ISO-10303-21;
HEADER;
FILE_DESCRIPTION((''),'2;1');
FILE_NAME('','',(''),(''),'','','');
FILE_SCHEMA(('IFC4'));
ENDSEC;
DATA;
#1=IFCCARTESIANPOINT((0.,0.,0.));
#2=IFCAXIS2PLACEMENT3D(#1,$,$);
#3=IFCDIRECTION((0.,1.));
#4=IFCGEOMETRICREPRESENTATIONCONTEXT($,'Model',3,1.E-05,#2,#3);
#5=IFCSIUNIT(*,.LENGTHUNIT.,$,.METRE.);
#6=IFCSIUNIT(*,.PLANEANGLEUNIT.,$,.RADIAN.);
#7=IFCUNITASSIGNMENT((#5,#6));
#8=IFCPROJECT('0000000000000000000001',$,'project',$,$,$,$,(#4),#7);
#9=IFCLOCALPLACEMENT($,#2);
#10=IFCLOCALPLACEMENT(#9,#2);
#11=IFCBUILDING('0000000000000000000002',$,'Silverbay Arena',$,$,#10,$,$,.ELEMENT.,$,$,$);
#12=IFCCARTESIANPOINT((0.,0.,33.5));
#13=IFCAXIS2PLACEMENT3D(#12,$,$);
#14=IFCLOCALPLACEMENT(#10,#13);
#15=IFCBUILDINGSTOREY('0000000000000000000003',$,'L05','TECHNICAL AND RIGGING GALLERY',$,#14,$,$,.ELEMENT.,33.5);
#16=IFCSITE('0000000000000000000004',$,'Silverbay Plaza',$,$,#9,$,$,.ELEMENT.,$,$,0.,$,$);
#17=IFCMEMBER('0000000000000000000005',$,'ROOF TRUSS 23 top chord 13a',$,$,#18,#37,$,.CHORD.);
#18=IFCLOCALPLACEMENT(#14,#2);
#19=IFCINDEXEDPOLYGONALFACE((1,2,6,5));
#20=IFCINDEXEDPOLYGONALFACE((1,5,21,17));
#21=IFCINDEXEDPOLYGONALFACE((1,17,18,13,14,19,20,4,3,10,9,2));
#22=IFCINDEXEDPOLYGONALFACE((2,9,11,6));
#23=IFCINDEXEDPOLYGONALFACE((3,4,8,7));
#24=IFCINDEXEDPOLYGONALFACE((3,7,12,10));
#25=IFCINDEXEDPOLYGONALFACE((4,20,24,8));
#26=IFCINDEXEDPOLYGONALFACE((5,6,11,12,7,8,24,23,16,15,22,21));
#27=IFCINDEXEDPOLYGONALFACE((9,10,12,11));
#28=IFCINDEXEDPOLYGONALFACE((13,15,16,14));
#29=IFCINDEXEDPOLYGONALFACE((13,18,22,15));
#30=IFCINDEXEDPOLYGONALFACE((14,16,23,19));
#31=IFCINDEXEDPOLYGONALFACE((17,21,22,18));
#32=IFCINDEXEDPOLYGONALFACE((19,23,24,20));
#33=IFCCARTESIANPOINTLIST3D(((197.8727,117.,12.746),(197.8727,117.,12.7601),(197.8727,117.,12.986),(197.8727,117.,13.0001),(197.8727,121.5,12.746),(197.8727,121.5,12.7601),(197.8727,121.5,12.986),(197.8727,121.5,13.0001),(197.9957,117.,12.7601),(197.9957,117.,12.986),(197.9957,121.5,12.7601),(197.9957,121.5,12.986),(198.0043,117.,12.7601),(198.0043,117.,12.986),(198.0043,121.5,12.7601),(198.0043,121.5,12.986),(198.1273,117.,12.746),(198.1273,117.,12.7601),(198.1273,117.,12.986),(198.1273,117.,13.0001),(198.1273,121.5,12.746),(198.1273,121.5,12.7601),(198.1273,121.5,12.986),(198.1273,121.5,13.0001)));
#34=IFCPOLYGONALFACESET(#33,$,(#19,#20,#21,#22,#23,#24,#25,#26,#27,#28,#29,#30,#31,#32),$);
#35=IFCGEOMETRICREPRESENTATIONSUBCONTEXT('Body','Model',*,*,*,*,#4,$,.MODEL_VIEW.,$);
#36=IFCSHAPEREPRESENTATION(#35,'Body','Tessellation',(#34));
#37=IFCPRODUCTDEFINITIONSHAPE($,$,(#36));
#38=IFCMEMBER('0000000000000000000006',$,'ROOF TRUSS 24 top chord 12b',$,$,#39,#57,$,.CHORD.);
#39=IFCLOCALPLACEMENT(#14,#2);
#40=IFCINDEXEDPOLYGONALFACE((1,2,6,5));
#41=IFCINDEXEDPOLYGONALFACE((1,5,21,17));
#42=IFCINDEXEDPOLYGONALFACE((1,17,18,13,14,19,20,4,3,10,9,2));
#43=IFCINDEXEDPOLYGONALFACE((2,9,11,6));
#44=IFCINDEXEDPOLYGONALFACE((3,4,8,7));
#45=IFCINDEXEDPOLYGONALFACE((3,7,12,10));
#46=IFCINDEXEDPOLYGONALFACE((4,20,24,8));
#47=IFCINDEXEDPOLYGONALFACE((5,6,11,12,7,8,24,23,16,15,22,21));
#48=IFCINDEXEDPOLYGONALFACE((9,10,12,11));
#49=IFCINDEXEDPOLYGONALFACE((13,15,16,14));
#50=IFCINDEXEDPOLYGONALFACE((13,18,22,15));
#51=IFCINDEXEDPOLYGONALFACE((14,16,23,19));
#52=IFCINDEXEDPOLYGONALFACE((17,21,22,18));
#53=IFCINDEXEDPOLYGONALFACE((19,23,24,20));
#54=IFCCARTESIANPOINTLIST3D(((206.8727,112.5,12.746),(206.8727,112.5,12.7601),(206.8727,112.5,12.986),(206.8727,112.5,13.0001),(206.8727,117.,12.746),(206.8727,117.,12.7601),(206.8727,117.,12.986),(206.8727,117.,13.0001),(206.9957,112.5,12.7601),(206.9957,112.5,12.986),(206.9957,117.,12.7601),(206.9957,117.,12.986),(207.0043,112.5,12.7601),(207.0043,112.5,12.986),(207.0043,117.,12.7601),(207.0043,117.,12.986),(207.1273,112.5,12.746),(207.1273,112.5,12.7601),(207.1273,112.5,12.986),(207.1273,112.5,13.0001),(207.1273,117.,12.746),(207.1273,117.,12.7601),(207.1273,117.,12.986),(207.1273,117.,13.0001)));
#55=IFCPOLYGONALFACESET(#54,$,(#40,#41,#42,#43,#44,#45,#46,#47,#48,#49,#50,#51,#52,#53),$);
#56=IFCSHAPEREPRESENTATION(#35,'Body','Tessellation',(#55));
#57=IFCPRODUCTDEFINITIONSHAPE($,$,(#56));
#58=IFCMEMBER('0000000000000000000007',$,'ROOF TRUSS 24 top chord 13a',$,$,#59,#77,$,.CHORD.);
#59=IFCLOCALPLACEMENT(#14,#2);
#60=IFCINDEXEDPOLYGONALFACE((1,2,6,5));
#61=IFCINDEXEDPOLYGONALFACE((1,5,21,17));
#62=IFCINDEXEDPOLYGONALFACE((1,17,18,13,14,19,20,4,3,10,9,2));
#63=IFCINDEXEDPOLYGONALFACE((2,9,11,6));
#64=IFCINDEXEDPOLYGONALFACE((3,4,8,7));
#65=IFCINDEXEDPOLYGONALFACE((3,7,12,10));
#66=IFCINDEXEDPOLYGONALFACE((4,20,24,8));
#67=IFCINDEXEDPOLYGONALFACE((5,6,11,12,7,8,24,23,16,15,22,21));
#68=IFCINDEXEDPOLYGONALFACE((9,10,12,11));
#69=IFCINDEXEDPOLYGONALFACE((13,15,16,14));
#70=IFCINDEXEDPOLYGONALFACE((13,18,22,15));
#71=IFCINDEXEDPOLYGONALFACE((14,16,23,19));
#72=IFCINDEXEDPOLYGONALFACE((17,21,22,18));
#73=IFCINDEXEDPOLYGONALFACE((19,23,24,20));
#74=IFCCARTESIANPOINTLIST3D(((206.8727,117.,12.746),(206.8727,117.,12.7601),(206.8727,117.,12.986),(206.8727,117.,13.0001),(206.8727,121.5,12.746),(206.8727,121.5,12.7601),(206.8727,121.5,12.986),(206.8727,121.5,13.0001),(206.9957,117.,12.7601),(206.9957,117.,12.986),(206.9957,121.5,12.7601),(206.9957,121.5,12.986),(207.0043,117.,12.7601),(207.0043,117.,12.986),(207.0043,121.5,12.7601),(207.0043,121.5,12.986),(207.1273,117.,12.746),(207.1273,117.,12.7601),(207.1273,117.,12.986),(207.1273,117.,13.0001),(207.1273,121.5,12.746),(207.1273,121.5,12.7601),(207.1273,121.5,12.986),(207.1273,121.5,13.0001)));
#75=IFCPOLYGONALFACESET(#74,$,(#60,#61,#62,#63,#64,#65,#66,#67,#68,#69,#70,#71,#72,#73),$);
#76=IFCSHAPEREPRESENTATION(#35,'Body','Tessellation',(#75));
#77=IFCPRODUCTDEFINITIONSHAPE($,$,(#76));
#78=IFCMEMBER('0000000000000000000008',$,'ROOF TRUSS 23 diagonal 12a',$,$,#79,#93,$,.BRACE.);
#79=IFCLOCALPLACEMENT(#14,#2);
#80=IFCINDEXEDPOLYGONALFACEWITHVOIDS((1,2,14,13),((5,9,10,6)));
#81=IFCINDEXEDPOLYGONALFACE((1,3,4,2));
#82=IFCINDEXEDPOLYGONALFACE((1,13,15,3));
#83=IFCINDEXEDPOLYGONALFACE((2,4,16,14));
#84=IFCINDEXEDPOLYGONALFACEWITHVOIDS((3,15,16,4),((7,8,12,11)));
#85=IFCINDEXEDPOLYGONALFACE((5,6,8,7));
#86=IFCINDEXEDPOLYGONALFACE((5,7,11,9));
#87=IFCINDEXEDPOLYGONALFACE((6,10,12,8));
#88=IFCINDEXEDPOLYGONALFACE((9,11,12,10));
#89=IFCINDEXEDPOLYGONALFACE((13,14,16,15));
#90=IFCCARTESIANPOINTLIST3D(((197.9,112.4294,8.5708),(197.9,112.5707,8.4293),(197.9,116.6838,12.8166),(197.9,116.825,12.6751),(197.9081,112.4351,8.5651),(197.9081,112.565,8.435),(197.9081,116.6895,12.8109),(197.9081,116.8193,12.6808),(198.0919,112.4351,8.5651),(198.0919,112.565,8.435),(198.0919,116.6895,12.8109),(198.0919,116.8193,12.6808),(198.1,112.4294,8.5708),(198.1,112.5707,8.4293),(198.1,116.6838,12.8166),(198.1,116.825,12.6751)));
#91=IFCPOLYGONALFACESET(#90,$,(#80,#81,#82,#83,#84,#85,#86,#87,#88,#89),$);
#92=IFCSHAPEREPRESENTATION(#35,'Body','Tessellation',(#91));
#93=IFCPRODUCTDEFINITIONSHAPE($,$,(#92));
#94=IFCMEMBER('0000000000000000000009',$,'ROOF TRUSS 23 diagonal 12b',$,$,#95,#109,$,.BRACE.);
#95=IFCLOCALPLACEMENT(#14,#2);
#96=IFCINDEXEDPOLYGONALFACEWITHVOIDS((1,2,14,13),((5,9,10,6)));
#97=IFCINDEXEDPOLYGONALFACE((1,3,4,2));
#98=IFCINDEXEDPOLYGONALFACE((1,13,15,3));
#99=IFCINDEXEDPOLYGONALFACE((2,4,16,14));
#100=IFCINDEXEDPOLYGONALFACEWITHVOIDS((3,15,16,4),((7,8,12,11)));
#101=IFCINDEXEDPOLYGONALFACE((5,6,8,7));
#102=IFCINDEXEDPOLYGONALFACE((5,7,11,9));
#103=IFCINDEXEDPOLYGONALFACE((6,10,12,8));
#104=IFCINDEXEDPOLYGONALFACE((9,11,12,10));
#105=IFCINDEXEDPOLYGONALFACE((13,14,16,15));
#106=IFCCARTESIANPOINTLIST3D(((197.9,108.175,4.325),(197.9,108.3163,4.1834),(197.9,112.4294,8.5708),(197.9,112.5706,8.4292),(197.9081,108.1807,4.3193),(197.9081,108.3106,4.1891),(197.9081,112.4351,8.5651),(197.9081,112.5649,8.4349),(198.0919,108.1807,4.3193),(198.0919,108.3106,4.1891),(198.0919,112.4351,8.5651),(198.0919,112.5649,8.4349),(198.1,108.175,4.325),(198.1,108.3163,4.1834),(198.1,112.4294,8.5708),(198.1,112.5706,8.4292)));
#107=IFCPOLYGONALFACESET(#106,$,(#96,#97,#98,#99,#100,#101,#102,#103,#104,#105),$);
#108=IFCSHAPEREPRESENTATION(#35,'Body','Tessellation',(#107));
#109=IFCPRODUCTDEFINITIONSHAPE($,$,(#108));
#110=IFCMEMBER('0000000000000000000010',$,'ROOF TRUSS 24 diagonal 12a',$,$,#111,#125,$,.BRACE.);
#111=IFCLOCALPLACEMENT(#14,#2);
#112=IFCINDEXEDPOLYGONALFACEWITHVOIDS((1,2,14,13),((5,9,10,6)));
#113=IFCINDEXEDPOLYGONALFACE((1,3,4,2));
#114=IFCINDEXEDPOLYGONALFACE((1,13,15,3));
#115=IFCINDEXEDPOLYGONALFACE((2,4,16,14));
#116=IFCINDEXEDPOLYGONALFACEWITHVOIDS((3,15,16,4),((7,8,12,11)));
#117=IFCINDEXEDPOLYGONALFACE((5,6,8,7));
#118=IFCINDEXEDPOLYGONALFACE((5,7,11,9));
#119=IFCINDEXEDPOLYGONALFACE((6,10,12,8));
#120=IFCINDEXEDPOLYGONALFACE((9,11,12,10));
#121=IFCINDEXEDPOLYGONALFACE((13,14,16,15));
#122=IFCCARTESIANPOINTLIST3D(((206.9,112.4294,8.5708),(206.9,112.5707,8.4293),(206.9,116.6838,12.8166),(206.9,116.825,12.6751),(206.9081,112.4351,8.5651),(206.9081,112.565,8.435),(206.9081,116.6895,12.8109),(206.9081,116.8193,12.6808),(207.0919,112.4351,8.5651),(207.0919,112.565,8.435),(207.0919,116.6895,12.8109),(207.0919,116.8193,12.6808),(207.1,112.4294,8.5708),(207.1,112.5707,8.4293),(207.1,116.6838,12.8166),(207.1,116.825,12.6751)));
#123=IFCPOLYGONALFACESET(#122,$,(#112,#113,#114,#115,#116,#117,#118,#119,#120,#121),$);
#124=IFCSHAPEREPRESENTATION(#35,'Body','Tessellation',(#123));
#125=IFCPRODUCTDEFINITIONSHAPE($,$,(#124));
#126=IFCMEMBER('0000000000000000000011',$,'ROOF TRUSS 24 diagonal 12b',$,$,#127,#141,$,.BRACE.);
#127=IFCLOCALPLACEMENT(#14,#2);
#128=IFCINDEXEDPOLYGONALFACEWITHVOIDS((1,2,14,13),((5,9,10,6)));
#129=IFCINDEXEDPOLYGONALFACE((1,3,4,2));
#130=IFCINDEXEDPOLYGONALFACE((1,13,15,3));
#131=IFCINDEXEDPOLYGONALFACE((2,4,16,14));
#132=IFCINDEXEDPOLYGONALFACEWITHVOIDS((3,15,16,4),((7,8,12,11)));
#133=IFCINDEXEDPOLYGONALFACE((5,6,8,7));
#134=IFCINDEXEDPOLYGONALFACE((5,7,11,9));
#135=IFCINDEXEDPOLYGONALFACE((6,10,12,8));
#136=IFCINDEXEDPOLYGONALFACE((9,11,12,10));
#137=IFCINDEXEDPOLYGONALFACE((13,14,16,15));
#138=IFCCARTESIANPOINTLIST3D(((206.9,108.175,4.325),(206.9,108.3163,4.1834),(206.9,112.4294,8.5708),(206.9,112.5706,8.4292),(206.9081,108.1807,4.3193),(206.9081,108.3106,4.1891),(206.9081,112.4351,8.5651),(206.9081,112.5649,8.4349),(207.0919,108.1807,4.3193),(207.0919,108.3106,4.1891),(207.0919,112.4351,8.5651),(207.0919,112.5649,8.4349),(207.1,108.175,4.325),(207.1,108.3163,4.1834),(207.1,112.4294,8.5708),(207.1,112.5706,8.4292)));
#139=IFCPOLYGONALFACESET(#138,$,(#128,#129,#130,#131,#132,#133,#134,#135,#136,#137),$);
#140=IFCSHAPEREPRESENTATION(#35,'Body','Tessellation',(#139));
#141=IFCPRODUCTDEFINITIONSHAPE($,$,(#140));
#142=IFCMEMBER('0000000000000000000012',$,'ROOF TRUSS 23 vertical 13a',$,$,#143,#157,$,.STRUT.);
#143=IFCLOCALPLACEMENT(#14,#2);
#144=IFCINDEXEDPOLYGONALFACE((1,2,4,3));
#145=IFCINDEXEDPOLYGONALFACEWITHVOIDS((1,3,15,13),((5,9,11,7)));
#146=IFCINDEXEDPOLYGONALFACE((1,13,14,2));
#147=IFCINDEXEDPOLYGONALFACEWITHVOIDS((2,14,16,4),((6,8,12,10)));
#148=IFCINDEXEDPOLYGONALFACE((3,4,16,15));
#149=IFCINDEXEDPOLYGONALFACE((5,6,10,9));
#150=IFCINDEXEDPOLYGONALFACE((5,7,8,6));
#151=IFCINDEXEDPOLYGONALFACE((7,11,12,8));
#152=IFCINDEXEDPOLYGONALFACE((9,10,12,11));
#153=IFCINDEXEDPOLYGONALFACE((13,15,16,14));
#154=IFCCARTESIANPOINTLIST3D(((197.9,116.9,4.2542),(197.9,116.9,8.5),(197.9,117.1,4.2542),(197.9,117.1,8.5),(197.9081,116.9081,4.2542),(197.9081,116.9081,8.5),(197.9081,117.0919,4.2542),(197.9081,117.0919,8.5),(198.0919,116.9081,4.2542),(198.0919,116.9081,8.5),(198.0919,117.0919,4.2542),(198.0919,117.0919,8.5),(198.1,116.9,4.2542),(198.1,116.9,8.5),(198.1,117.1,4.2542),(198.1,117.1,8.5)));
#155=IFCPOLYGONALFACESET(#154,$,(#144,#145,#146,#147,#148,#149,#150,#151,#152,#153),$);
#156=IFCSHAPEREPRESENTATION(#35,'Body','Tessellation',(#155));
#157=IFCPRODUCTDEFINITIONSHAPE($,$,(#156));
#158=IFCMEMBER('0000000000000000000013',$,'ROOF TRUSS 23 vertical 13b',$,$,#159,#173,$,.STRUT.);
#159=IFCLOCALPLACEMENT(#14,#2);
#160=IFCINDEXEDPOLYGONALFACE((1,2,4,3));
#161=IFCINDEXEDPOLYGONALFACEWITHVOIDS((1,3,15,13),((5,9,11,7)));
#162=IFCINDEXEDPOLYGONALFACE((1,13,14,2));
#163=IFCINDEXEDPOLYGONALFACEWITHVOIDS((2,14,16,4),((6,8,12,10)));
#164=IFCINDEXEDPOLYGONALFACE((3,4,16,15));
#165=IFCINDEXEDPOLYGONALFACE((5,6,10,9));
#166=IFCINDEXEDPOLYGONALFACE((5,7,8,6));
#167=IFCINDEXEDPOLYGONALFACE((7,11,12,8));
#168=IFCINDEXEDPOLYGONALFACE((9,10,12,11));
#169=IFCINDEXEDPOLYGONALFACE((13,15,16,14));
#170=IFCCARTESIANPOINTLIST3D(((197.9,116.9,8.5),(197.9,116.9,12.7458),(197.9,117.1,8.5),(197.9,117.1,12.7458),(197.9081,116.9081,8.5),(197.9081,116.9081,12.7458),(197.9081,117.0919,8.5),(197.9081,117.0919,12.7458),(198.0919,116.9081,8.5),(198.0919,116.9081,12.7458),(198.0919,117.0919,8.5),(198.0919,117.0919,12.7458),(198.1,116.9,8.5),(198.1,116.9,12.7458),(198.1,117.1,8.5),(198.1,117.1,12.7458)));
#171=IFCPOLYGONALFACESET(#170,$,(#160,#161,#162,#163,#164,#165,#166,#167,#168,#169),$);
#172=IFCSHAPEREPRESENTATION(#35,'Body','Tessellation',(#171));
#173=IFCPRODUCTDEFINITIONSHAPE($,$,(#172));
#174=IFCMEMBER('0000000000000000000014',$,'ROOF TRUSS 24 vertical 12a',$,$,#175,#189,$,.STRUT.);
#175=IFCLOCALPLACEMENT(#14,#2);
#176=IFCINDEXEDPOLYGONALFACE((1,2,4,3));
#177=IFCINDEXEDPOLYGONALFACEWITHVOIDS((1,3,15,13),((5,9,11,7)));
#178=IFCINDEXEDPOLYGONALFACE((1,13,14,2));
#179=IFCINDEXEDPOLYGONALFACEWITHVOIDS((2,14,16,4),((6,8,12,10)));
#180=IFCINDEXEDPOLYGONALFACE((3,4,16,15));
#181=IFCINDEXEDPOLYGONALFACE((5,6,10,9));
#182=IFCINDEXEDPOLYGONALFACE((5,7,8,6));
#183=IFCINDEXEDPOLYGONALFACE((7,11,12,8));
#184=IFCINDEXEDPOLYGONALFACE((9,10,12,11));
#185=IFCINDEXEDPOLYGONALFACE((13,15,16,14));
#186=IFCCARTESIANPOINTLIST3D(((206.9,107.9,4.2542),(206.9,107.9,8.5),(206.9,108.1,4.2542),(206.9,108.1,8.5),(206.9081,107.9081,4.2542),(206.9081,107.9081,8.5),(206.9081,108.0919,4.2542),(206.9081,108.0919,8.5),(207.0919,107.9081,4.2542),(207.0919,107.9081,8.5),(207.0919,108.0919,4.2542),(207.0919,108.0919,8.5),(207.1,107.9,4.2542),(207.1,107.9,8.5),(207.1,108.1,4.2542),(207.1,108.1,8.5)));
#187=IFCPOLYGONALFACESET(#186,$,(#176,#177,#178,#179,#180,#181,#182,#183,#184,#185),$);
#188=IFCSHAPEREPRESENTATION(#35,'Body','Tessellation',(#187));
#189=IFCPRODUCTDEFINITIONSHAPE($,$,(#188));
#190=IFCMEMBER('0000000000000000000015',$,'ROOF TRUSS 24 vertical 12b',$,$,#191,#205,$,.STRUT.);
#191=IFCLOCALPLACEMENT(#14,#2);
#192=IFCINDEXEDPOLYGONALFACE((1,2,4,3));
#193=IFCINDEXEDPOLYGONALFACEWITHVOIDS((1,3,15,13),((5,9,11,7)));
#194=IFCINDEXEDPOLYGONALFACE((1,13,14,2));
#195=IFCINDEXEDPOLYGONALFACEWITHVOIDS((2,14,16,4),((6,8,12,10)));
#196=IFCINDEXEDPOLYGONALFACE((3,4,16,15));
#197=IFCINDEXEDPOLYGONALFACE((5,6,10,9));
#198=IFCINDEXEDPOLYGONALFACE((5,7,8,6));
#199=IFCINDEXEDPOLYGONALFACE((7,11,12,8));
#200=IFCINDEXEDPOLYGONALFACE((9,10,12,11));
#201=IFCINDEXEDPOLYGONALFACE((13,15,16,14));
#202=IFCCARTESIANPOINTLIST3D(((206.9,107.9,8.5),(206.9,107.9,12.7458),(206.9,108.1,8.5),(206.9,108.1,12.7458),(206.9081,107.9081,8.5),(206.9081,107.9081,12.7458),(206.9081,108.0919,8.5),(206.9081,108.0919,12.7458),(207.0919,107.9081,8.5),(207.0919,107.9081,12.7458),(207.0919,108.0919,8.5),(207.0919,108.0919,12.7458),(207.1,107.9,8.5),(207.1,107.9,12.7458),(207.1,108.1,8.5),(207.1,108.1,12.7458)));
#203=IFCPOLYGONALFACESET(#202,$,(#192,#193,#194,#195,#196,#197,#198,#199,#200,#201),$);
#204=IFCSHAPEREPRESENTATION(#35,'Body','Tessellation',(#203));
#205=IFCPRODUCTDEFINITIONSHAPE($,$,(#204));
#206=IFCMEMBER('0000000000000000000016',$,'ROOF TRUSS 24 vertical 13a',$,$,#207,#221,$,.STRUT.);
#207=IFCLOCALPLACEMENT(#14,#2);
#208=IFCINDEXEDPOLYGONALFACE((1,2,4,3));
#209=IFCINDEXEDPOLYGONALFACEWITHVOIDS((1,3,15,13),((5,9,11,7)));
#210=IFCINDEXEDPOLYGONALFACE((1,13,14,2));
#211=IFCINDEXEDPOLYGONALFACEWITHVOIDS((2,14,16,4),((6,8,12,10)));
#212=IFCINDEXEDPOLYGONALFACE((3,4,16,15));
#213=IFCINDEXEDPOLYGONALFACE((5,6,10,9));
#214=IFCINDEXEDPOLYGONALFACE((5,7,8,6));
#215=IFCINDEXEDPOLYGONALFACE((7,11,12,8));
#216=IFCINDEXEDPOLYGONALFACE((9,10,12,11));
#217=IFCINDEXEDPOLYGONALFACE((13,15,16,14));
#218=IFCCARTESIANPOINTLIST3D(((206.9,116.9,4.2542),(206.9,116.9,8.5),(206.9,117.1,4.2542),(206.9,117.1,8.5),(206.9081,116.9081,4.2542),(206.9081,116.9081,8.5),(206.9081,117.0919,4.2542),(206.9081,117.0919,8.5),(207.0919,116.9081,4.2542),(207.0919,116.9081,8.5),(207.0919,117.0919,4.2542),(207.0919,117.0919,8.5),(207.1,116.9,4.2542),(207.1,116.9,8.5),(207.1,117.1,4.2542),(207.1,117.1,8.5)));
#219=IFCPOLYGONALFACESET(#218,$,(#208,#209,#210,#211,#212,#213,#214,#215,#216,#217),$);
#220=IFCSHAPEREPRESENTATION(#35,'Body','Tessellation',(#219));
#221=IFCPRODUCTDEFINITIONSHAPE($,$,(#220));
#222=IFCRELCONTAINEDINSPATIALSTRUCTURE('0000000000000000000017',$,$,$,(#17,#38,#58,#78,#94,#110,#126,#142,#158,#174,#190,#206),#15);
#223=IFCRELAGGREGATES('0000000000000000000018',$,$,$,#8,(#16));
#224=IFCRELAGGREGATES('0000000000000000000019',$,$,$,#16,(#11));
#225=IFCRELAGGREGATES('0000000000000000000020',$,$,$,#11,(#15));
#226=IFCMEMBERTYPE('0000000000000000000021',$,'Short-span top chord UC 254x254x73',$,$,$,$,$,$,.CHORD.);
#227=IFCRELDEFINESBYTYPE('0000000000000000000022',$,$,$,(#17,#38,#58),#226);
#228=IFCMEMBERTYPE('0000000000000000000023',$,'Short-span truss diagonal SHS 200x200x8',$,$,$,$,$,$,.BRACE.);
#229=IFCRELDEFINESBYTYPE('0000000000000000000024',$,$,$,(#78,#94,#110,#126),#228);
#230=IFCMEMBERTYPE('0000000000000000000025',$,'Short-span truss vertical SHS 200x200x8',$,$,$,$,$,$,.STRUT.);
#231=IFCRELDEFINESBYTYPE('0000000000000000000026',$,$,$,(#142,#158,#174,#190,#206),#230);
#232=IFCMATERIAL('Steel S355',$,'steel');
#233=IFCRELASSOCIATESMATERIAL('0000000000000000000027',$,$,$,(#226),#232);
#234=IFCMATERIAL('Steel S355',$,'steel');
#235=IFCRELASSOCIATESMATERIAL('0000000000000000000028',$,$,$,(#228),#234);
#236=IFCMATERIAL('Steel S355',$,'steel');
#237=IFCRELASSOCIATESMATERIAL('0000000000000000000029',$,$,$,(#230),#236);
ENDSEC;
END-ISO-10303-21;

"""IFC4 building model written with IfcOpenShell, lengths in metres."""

from ifc_helpers import new_model, si_unit, direction, frame, origin, origin_2d, place, context, subcontext, project, spatial, hollow_rectangle, i_section, extrude, material, material_profile, profile_set, type_object, element, save


model = new_model("IFC4")

# Units and contexts
model_context = context("Model", 3, precision=1e-05, world=origin(), true_north=direction((0.0, 1.0)))
body_context = subcontext(model_context, "Body", "Model", "MODEL_VIEW")
ifc_project = project(units=[si_unit("LENGTHUNIT", "METRE"), si_unit("PLANEANGLEUNIT", "RADIAN")], contexts=[model_context])

# Site, building, storey
site_placement = place(None, origin())
site = spatial("IfcSite", under=ifc_project, at=site_placement, Name="Silverbay Plaza", CompositionType="ELEMENT", RefElevation=0.0)
building_placement = place(site_placement, origin())
building = spatial("IfcBuilding", under=site, at=building_placement, Name="Silverbay Arena", CompositionType="ELEMENT")
storey_placement = place(building_placement, frame((0.0, 0.0, 33.5)))
storey = spatial("IfcBuildingStorey", under=building, at=storey_placement, Name="L05", Description="TECHNICAL AND RIGGING GALLERY", CompositionType="ELEMENT", Elevation=33.5)

# Members
ifc_material_1 = material(Name="Steel S355", Category="steel")
ifc_material_profile_1 = material_profile(ifc_material_1, i_section(OverallWidth=0.2546, OverallDepth=0.2542, WebThickness=0.0085, FlangeThickness=0.0142, at=origin_2d()), Name="UC 254x254x73")
ifc_profile_set_1 = profile_set([ifc_material_profile_1], Name="Steel S355")
member_type_1 = type_object("IfcMemberType", Name="Short-span top chord UC 254x254x73", PredefinedType="CHORD", material=ifc_profile_set_1)
for number, where, z_axis, x_axis, name in (
    (1, (198.0, 117.0, 12.873), (0.0, 1.0, 0.0), (-1.0, 0.0, 0.0), "ROOF TRUSS 23 top chord 13a"),
    (2, (207.0, 112.5, 12.873), (0.0, 1.0, 0.0), (-1.0, 0.0, 0.0), "ROOF TRUSS 24 top chord 12b"),
    (3, (207.0, 117.0, 12.873), (0.0, 1.0, 0.0), (-1.0, 0.0, 0.0), "ROOF TRUSS 24 top chord 13a"),
):
    element("IfcMember", number, at=place(storey_placement, frame(where, z_axis=z_axis, x_axis=x_axis)), inside=storey, type_object=member_type_1, Name=name, PredefinedType="CHORD", context=body_context, shape_type="SweptSolid", body=[
        extrude(i_section(OverallWidth=0.2546, OverallDepth=0.2542, WebThickness=0.0085, FlangeThickness=0.0142, at=origin_2d()), origin(), (0.0, 0.0, 1.0), 4.5),
    ])
ifc_material_2 = material(Name="Steel S355", Category="steel")
ifc_material_profile_2 = material_profile(ifc_material_2, hollow_rectangle(XDim=0.2, YDim=0.2, WallThickness=0.0081, at=origin_2d()), Name="SHS 200x200x8")
ifc_profile_set_2 = profile_set([ifc_material_profile_2], Name="Steel S355")
member_type_2 = type_object("IfcMemberType", Name="Short-span truss diagonal SHS 200x200x8", PredefinedType="BRACE", material=ifc_profile_set_2)
for number, where, z_axis, x_axis, name in (
    (4, (198.0, 116.7544, 12.7458), (0.0, -0.707817, -0.706396), (1.0, 0.0, 0.0), "ROOF TRUSS 23 diagonal 12a"),
    (5, (198.0, 112.5, 8.5), (0.0, -0.707817, -0.706396), (1.0, 0.0, 0.0), "ROOF TRUSS 23 diagonal 12b"),
    (6, (207.0, 116.7544, 12.7458), (0.0, -0.707817, -0.706396), (1.0, 0.0, 0.0), "ROOF TRUSS 24 diagonal 12a"),
    (7, (207.0, 112.5, 8.5), (0.0, -0.707817, -0.706396), (1.0, 0.0, 0.0), "ROOF TRUSS 24 diagonal 12b"),
):
    element("IfcMember", number, at=place(storey_placement, frame(where, z_axis=z_axis, x_axis=x_axis)), inside=storey, type_object=member_type_2, Name=name, PredefinedType="BRACE", context=body_context, shape_type="SweptSolid", body=[
        extrude(hollow_rectangle(XDim=0.2, YDim=0.2, WallThickness=0.0081, at=origin_2d()), origin(), (0.0, 0.0, 1.0), 6.0105),
    ])
ifc_material_3 = material(Name="Steel S355", Category="steel")
ifc_material_profile_3 = material_profile(ifc_material_3, hollow_rectangle(XDim=0.2, YDim=0.2, WallThickness=0.0081, at=origin_2d()), Name="SHS 200x200x8")
ifc_profile_set_3 = profile_set([ifc_material_profile_3], Name="Steel S355")
member_type_3 = type_object("IfcMemberType", Name="Short-span truss vertical SHS 200x200x8", PredefinedType="STRUT", material=ifc_profile_set_3)
for number, where, z_axis, x_axis, name in (
    (8, (198.0, 117.0, 4.2542), (0.0, 0.0, 1.0), (1.0, 0.0, 0.0), "ROOF TRUSS 23 vertical 13a"),
    (9, (198.0, 117.0, 8.5), (0.0, 0.0, 1.0), (1.0, 0.0, 0.0), "ROOF TRUSS 23 vertical 13b"),
    (10, (207.0, 108.0, 4.2542), (0.0, 0.0, 1.0), (1.0, 0.0, 0.0), "ROOF TRUSS 24 vertical 12a"),
    (11, (207.0, 108.0, 8.5), (0.0, 0.0, 1.0), (1.0, 0.0, 0.0), "ROOF TRUSS 24 vertical 12b"),
    (12, (207.0, 117.0, 4.2542), (0.0, 0.0, 1.0), (1.0, 0.0, 0.0), "ROOF TRUSS 24 vertical 13a"),
):
    element("IfcMember", number, at=place(storey_placement, frame(where, z_axis=z_axis, x_axis=x_axis)), inside=storey, type_object=member_type_3, Name=name, PredefinedType="STRUT", context=body_context, shape_type="SweptSolid", body=[
        extrude(hollow_rectangle(XDim=0.2, YDim=0.2, WallThickness=0.0081, at=origin_2d()), origin(), (0.0, 0.0, 1.0), 4.2458),
    ])

save(model, "model.ifc")
